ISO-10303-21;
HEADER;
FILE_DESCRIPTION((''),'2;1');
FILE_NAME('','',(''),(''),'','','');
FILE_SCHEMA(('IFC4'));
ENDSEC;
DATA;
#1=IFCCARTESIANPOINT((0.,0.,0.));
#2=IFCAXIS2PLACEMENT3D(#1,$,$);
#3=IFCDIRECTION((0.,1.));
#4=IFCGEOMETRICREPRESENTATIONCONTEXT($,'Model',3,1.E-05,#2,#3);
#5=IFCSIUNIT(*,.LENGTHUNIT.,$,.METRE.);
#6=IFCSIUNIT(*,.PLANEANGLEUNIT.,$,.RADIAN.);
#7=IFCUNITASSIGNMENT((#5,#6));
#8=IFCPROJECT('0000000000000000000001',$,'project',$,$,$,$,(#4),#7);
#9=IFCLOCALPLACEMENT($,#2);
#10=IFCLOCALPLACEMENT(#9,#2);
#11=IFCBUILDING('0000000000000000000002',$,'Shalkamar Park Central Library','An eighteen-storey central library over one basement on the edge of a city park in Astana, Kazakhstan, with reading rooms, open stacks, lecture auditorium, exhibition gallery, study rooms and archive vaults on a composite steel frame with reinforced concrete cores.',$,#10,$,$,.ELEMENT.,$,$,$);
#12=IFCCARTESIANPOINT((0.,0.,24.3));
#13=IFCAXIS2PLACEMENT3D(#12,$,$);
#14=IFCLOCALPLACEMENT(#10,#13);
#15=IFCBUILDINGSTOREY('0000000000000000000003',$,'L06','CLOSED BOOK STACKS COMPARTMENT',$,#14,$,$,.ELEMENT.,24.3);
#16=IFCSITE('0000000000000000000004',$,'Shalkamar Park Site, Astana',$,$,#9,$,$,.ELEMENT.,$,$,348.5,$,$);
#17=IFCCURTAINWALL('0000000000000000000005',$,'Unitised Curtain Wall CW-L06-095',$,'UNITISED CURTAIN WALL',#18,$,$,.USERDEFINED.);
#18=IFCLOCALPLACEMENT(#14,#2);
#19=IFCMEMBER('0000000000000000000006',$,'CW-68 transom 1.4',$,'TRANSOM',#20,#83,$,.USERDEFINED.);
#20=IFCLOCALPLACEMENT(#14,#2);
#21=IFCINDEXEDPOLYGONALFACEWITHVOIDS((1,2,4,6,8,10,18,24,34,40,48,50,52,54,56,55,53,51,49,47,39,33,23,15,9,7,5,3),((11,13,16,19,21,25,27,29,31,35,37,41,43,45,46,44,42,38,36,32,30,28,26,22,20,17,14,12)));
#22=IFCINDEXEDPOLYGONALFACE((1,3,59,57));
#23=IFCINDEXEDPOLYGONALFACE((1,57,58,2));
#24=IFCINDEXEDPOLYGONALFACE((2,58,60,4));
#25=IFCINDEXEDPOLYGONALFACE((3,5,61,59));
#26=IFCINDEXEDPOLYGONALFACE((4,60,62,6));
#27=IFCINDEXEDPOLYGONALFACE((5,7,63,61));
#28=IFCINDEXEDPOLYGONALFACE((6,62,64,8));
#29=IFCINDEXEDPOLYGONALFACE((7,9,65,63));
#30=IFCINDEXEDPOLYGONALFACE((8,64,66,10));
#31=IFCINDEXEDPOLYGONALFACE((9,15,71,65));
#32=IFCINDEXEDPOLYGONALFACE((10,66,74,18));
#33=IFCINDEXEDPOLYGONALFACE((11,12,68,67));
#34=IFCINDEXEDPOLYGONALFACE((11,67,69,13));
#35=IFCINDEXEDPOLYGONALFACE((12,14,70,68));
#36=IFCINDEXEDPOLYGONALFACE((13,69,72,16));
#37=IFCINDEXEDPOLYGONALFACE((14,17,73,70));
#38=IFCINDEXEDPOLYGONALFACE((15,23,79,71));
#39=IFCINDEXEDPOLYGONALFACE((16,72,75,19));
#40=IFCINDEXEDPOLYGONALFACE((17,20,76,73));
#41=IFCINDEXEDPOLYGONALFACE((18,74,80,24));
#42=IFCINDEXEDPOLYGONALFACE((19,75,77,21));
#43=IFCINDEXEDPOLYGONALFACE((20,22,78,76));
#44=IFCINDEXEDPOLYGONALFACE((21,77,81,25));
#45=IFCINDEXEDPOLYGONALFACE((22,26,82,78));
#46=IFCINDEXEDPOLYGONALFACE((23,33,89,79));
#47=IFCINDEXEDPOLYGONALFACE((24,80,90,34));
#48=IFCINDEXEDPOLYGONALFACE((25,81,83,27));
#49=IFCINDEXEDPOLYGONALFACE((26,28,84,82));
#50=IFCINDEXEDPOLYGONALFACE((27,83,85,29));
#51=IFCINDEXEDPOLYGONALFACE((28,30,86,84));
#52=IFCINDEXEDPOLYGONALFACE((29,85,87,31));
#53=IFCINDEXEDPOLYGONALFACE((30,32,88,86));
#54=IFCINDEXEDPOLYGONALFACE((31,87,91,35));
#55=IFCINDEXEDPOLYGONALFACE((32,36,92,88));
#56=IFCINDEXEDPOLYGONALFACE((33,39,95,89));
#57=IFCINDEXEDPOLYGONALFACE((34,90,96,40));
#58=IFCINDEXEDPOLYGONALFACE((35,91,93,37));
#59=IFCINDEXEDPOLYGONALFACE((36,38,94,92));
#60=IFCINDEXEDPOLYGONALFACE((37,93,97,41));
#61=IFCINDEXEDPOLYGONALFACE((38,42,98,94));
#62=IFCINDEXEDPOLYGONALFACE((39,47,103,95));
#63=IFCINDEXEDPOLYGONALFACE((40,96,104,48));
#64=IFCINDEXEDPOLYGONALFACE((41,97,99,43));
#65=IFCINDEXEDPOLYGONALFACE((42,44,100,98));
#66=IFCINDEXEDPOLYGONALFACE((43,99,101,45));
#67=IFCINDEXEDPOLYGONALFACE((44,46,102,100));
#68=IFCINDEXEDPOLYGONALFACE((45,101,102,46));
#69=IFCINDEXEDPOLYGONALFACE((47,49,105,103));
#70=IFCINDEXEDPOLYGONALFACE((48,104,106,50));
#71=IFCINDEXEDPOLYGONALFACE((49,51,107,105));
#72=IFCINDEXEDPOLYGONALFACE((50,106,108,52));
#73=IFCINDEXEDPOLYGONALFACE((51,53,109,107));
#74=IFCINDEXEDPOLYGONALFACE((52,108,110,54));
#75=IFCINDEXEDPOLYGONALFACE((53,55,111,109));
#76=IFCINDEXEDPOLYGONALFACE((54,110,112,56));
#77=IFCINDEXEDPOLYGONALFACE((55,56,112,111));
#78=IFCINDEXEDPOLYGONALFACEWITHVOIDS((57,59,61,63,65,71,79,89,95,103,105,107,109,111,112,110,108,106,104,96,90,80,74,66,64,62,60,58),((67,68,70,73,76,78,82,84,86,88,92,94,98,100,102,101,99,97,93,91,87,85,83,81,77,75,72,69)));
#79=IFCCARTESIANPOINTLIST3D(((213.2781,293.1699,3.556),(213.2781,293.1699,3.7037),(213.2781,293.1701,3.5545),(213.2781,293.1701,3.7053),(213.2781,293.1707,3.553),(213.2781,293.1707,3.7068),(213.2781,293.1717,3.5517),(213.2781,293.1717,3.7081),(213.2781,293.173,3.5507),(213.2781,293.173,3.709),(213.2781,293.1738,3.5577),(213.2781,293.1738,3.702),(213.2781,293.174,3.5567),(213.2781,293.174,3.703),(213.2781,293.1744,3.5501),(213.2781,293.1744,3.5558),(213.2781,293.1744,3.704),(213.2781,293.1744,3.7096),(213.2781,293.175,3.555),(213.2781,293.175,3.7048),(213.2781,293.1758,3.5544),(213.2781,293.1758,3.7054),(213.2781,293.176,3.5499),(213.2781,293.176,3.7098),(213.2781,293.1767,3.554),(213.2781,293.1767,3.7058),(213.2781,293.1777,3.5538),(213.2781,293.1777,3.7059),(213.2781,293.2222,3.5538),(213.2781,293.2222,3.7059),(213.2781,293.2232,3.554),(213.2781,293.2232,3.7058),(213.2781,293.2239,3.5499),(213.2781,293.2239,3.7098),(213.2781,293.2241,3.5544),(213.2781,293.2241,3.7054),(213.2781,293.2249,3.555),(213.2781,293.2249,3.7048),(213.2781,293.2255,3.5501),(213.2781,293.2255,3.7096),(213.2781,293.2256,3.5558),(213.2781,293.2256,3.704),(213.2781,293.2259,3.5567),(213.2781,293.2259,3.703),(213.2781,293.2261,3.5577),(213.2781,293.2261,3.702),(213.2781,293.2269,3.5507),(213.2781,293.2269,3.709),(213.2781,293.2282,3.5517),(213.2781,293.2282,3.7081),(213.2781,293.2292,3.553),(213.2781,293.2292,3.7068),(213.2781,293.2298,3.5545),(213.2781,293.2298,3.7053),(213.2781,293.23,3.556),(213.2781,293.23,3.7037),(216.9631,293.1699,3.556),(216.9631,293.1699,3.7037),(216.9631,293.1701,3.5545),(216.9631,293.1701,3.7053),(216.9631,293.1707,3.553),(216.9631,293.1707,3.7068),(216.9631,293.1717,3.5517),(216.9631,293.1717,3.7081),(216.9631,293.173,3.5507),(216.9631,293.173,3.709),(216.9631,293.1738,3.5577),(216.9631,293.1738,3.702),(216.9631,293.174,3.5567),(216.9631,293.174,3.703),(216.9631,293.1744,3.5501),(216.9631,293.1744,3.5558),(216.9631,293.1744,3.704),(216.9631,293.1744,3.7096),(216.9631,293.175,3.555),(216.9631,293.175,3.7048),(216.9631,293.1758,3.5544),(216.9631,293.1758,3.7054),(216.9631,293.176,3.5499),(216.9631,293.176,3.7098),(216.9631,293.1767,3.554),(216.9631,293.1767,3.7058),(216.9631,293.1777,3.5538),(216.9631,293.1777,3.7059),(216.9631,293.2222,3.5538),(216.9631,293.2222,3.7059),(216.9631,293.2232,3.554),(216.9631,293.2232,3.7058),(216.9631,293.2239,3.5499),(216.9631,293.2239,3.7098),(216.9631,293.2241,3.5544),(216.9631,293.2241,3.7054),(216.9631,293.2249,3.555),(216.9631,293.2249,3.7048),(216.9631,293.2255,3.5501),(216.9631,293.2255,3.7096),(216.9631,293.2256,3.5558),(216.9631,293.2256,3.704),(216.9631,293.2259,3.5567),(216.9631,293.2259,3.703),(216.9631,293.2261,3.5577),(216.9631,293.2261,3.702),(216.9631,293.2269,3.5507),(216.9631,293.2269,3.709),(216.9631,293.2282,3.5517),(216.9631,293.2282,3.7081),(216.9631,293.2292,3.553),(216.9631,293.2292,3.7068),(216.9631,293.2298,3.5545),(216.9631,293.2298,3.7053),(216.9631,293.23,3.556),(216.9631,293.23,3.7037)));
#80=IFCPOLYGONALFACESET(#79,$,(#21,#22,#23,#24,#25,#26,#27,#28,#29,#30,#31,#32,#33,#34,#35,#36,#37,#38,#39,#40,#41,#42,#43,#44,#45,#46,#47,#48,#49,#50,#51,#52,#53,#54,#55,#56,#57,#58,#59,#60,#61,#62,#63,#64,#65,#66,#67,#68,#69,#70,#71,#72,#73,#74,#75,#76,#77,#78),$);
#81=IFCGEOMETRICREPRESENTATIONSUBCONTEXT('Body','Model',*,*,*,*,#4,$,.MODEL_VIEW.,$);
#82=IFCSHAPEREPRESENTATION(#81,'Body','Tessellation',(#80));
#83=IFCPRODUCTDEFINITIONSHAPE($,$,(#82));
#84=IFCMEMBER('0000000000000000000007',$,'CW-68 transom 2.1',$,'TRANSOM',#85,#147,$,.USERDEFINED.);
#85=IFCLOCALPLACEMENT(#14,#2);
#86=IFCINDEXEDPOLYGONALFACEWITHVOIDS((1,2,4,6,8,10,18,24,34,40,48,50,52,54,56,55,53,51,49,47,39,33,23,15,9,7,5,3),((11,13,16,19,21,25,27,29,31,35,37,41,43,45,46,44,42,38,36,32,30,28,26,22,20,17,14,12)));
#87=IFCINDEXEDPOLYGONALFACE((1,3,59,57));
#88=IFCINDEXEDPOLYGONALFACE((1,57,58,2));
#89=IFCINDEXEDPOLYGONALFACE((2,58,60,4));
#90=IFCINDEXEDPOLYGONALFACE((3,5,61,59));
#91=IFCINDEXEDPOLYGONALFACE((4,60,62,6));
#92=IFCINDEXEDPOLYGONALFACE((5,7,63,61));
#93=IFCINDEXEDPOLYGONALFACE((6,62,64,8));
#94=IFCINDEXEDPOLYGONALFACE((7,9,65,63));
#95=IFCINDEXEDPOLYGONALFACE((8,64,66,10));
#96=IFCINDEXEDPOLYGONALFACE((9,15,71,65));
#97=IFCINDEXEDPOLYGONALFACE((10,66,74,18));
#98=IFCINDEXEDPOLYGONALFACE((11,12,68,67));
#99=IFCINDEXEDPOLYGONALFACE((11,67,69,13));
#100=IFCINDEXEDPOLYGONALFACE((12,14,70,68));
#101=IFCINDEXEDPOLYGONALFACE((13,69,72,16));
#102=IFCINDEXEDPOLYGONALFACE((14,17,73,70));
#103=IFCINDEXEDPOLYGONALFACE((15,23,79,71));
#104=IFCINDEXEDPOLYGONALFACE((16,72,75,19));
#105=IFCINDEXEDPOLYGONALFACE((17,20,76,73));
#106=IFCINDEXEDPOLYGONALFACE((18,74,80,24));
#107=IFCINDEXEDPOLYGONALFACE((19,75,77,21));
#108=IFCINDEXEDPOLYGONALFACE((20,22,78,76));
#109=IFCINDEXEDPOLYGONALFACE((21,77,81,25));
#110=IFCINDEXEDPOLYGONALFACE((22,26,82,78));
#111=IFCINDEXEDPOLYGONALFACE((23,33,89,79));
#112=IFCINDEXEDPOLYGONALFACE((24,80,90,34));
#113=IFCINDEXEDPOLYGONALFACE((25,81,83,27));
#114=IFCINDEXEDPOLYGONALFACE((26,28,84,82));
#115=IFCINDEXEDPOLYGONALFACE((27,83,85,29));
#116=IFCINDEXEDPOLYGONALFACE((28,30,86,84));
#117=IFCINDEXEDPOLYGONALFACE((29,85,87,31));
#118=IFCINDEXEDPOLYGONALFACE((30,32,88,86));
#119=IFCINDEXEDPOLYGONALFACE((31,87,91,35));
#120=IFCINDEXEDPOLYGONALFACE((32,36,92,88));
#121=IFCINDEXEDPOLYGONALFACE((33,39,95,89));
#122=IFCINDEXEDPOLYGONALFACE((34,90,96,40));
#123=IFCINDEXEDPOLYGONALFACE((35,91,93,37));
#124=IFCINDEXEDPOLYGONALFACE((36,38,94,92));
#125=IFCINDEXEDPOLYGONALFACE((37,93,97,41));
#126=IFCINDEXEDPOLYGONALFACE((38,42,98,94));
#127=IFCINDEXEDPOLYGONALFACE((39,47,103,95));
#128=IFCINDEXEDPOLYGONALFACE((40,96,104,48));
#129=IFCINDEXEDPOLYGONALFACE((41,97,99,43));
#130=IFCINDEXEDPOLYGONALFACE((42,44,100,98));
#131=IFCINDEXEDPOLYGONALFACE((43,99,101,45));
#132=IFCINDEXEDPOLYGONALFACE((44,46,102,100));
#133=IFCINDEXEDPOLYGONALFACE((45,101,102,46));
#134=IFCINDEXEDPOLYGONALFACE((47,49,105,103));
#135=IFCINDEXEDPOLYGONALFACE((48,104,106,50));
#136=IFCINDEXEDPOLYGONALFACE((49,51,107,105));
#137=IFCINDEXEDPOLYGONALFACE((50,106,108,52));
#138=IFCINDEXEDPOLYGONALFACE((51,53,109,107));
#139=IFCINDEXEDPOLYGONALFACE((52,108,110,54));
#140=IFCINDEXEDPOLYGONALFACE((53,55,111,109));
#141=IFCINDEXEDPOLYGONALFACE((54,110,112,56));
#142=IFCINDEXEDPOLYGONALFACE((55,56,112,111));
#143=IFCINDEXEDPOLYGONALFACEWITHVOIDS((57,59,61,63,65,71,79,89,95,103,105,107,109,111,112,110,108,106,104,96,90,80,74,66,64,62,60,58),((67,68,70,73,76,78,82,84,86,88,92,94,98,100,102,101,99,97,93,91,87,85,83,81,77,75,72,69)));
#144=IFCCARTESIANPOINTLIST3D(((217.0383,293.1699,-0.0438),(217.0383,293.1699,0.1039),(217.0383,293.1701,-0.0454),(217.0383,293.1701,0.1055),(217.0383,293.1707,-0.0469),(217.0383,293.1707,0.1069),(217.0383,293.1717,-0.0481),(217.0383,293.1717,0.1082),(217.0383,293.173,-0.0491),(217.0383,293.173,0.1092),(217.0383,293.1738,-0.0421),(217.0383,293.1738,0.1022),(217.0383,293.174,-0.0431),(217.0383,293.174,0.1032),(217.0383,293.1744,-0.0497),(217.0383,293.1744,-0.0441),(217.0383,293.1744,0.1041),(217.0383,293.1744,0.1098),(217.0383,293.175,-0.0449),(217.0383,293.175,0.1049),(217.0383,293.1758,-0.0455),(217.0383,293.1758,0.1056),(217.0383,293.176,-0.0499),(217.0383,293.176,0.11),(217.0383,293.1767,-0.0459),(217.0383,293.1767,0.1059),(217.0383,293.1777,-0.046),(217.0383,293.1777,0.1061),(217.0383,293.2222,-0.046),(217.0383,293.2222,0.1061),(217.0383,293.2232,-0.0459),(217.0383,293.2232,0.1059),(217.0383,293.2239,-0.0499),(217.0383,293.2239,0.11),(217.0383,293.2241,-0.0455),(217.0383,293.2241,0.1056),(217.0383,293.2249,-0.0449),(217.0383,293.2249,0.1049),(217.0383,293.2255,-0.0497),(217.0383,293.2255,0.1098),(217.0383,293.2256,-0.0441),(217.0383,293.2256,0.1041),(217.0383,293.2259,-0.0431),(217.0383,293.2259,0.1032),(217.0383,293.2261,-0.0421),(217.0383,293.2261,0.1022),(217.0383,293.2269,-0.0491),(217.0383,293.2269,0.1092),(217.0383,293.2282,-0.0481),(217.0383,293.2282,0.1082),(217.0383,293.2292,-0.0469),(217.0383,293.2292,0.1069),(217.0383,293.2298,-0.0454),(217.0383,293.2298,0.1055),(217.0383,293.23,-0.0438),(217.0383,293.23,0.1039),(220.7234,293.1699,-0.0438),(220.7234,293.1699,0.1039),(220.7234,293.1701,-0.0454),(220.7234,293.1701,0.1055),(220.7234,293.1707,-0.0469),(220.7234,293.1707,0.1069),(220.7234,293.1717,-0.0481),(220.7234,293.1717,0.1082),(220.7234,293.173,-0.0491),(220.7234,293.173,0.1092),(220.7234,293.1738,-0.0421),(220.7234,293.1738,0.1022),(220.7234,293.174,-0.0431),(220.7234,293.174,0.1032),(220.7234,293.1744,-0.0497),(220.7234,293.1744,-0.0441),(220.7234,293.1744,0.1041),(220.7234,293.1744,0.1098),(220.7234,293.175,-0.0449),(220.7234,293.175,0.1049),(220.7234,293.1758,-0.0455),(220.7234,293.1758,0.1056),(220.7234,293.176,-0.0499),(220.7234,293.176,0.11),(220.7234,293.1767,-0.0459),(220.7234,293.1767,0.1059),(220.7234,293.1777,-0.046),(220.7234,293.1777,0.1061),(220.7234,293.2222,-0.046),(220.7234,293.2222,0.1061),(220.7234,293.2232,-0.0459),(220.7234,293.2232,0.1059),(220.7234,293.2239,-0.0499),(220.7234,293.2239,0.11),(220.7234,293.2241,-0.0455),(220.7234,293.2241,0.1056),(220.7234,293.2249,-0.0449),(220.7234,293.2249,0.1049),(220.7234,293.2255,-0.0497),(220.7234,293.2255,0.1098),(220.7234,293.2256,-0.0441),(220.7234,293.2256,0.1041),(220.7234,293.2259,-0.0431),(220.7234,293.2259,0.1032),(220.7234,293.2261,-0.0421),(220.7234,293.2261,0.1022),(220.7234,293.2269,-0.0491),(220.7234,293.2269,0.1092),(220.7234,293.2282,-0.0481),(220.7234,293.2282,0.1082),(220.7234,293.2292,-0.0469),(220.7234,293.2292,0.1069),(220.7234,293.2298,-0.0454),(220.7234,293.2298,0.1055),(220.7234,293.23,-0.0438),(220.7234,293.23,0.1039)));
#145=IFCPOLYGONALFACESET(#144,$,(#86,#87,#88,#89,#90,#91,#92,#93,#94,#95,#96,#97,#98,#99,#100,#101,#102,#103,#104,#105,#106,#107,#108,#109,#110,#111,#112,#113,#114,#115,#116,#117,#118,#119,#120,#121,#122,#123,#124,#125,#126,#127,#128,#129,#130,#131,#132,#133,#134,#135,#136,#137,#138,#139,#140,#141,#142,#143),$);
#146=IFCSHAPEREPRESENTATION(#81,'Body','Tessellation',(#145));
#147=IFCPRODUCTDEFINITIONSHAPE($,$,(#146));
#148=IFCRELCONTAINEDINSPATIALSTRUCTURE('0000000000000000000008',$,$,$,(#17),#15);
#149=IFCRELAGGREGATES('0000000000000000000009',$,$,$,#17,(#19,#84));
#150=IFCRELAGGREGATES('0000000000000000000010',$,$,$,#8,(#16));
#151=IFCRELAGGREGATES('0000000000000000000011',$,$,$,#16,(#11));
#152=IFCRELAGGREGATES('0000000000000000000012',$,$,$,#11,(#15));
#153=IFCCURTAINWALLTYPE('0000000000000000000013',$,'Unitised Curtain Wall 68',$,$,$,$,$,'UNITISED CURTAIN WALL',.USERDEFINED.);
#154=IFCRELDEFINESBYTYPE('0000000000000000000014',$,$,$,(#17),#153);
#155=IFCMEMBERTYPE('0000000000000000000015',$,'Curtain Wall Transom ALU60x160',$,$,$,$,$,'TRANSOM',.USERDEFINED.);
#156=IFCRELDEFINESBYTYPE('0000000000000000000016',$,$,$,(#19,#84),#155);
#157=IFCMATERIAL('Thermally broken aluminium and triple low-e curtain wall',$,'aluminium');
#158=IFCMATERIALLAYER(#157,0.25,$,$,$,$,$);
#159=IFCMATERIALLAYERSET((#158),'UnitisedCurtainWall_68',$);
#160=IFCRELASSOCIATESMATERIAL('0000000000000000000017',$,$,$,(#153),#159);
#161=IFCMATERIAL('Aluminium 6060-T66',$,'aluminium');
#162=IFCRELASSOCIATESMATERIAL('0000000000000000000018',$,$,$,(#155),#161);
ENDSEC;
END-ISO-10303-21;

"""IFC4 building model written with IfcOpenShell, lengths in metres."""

from ifc_helpers import new_model, si_unit, direction, frame, origin, origin_2d, place, context, subcontext, project, spatial, hollow_rectangle, extrude, material, layer, layer_set, material_profile, profile_set, type_object, element, aggregate, save


model = new_model("IFC4")

# Units and contexts
model_context = context("Model", 3, precision=1e-05, world=origin(), true_north=direction((0.0, 1.0)))
body_context = subcontext(model_context, "Body", "Model", "MODEL_VIEW")
ifc_project = project(units=[si_unit("LENGTHUNIT", "METRE"), si_unit("PLANEANGLEUNIT", "RADIAN")], contexts=[model_context])

# Site, building, storey
site_placement = place(None, origin())
site = spatial("IfcSite", under=ifc_project, at=site_placement, Name="Shalkamar Park Site, Astana", CompositionType="ELEMENT", RefElevation=348.5)
building_placement = place(site_placement, origin())
building = spatial("IfcBuilding", under=site, at=building_placement, Name="Shalkamar Park Central Library", Description="An eighteen-storey central library over one basement on the edge of a city park in Astana, Kazakhstan, with reading rooms, open stacks, lecture auditorium, exhibition gallery, study rooms and archive vaults on a composite steel frame with reinforced concrete cores.", CompositionType="ELEMENT")
storey_placement = place(building_placement, frame((0.0, 0.0, 24.3)))
storey = spatial("IfcBuildingStorey", under=building, at=storey_placement, Name="L06", Description="CLOSED BOOK STACKS COMPARTMENT", CompositionType="ELEMENT", Elevation=24.3)

# Curtain wall
ifc_material_1 = material(Name="Thermally broken aluminium and triple low-e curtain wall", Category="aluminium")
ifc_layer_1 = layer(ifc_material_1, 0.25)
ifc_layer_set_1 = layer_set([ifc_layer_1], Name="UnitisedCurtainWall_68")
curtain_wall_type_1 = type_object("IfcCurtainWallType", Name="Unitised Curtain Wall 68", ElementType="UNITISED CURTAIN WALL", PredefinedType="USERDEFINED", material=ifc_layer_set_1)
curtain_wall_1_placement = place(storey_placement, origin())
curtain_wall_1 = element("IfcCurtainWall", 1, at=curtain_wall_1_placement, inside=storey, type_object=curtain_wall_type_1, Name="Unitised Curtain Wall CW-L06-095", ObjectType="UNITISED CURTAIN WALL", PredefinedType="USERDEFINED")
ifc_material_2 = material(Name="Aluminium 6060-T66", Category="aluminium")

# Members
ifc_material_profile_1 = material_profile(ifc_material_2, hollow_rectangle(XDim=0.0601, YDim=0.1599, WallThickness=0.0039, InnerFilletRadius=0.0039, OuterFilletRadius=0.0061, at=origin_2d()), Name="ALU 60x160x4")
ifc_profile_set_1 = profile_set([ifc_material_profile_1], Name="Aluminium 6060-T66")
member_type_1 = type_object("IfcMemberType", Name="Curtain Wall Transom ALU60x160", ElementType="TRANSOM", PredefinedType="USERDEFINED", material=ifc_profile_set_1)
member_1_placement = place(storey_placement, frame((213.2781, 293.2, 3.6299), z_axis=(1.0, 0.0, 0.0), x_axis=(0.0, 1.0, 0.0)))
member_1 = element("IfcMember", 2, at=member_1_placement, type_object=member_type_1, Name="CW-68 transom 1.4", ObjectType="TRANSOM", PredefinedType="USERDEFINED", context=body_context, shape_type="SweptSolid", body=[
    extrude(hollow_rectangle(XDim=0.0601, YDim=0.1599, WallThickness=0.0039, InnerFilletRadius=0.0039, OuterFilletRadius=0.0061, at=origin_2d()), origin(), (0.0, 0.0, 1.0), 3.6851),
])
member_2_placement = place(storey_placement, frame((217.0383, 293.2, 0.03), z_axis=(1.0, 0.0, 0.0), x_axis=(0.0, 1.0, 0.0)))
member_2 = element("IfcMember", 3, at=member_2_placement, type_object=member_type_1, Name="CW-68 transom 2.1", ObjectType="TRANSOM", PredefinedType="USERDEFINED", context=body_context, shape_type="SweptSolid", body=[
    extrude(hollow_rectangle(XDim=0.0601, YDim=0.1599, WallThickness=0.0039, InnerFilletRadius=0.0039, OuterFilletRadius=0.0061, at=origin_2d()), origin(), (0.0, 0.0, 1.0), 3.6851),
])

aggregate(curtain_wall_1, [member_1, member_2])

save(model, "model.ifc")
